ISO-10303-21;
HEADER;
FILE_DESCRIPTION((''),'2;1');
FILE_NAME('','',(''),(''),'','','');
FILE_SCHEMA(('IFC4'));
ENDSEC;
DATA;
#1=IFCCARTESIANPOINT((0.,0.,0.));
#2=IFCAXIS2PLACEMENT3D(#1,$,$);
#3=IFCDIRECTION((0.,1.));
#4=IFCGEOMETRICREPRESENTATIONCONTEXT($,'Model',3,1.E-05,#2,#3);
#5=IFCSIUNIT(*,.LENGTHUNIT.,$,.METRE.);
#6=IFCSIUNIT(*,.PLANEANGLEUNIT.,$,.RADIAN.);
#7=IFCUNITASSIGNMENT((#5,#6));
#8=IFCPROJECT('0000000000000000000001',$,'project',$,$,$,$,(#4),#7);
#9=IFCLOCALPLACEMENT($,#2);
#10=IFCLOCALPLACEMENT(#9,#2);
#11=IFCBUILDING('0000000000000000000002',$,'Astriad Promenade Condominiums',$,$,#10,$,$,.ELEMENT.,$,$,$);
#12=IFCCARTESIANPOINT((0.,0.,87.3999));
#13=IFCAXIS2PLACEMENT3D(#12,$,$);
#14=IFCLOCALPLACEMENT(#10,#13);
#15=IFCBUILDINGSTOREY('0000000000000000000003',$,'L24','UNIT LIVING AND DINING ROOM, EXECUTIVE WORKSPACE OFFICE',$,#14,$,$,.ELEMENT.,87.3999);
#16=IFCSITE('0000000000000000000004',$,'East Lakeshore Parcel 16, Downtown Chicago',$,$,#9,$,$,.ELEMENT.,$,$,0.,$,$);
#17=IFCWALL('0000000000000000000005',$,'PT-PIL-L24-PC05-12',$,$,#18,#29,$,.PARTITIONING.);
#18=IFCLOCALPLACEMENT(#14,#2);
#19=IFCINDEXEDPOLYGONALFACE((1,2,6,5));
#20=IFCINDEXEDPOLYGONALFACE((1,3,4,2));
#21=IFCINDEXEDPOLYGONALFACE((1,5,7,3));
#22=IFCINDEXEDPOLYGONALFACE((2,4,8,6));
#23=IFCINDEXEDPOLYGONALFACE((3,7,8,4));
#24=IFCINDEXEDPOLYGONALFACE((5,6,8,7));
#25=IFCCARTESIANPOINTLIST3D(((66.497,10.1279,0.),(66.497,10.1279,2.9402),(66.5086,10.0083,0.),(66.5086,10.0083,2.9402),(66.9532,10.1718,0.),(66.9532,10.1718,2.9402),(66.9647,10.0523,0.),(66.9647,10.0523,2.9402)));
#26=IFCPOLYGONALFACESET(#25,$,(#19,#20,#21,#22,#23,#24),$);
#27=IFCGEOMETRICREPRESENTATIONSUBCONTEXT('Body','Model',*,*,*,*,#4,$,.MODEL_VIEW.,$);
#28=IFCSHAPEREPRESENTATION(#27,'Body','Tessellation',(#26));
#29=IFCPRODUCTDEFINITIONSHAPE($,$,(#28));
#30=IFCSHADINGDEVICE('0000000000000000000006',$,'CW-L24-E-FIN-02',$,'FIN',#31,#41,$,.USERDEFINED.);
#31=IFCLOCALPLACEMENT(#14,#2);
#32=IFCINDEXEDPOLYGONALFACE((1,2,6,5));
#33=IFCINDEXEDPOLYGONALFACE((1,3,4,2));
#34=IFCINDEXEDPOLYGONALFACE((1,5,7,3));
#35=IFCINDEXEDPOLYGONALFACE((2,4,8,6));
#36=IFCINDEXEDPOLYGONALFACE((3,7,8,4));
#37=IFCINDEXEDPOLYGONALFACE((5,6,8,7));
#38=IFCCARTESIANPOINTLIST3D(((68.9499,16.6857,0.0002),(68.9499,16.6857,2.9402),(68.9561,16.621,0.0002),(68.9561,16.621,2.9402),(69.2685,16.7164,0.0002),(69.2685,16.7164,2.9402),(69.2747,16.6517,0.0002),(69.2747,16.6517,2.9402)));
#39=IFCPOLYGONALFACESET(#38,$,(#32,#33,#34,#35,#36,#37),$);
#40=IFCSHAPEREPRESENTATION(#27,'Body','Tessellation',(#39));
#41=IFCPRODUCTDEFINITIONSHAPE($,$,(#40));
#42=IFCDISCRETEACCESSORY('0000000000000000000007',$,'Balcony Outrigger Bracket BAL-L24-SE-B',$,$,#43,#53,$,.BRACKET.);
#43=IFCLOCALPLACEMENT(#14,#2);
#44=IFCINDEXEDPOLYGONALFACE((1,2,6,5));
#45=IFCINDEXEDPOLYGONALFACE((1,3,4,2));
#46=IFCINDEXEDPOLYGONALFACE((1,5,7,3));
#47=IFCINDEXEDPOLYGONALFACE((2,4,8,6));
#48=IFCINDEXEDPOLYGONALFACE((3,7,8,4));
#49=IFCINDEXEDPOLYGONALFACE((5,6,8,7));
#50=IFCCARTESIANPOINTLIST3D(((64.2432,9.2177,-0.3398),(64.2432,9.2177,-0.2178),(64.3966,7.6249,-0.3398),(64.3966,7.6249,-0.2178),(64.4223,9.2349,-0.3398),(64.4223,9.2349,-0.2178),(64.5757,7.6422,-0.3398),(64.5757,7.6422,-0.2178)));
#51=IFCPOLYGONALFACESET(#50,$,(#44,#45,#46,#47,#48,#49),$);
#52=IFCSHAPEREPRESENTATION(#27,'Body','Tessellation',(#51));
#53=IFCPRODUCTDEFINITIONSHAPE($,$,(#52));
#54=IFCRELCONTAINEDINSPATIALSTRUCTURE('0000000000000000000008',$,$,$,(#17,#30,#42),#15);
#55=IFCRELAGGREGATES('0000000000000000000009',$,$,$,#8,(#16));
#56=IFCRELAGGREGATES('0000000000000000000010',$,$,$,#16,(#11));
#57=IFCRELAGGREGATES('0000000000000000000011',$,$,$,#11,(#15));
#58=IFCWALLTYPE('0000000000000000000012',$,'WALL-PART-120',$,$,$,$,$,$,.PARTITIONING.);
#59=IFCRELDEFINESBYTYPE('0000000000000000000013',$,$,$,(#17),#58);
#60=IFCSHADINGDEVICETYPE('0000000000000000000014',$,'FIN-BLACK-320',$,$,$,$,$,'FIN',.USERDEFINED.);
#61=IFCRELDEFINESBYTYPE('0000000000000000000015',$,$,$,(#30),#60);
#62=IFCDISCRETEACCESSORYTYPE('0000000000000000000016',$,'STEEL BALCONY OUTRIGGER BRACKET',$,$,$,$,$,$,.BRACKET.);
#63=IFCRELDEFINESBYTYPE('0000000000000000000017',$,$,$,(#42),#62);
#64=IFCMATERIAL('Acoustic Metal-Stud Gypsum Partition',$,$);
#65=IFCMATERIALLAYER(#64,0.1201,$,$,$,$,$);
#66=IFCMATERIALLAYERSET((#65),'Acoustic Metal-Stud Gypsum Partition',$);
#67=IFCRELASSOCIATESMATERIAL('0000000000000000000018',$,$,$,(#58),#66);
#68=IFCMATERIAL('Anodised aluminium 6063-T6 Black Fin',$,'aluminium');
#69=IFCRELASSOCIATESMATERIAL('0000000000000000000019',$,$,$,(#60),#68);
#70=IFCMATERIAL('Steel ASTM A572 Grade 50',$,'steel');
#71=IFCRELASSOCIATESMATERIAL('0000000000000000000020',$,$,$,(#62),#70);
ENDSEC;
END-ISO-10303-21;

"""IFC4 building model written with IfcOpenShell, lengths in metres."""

from ifc_helpers import new_model, si_unit, direction, frame, frame_2d, origin, origin_2d, place, context, subcontext, project, spatial, rectangle, extrude, source, transform, mapped, material, layer, layer_set, type_object, type_shapes, element, save


model = new_model("IFC4")

# Units and contexts
model_context = context("Model", 3, precision=1e-05, world=origin(), true_north=direction((0.0, 1.0)))
body_context = subcontext(model_context, "Body", "Model", "MODEL_VIEW")
ifc_project = project(units=[si_unit("LENGTHUNIT", "METRE"), si_unit("PLANEANGLEUNIT", "RADIAN")], contexts=[model_context])

# Site, building, storey
site_placement = place(None, origin())
site = spatial("IfcSite", under=ifc_project, at=site_placement, Name="East Lakeshore Parcel 16, Downtown Chicago", CompositionType="ELEMENT", RefElevation=0.0)
building_placement = place(site_placement, origin())
building = spatial("IfcBuilding", under=site, at=building_placement, Name="Astriad Promenade Condominiums", CompositionType="ELEMENT")
storey_placement = place(building_placement, frame((0.0, 0.0, 87.3999)))
storey = spatial("IfcBuildingStorey", under=building, at=storey_placement, Name="L24", Description="UNIT LIVING AND DINING ROOM, EXECUTIVE WORKSPACE OFFICE", CompositionType="ELEMENT", Elevation=87.3999)

# Wall
ifc_material_1 = material(Name="Acoustic Metal-Stud Gypsum Partition")
ifc_layer_1 = layer(ifc_material_1, 0.1201)
ifc_layer_set_1 = layer_set([ifc_layer_1], Name="Acoustic Metal-Stud Gypsum Partition")
wall_type_1 = type_object("IfcWallType", Name="WALL-PART-120", PredefinedType="PARTITIONING", material=ifc_layer_set_1)
wall_1_placement = place(storey_placement, frame((66.5029, 10.0681, 0.0), z_axis=(0.0, 0.0, 1.0), x_axis=(0.995389, 0.095915, 0.0)))
element("IfcWall", 1, at=wall_1_placement, inside=storey, type_object=wall_type_1, Name="PT-PIL-L24-PC05-12", PredefinedType="PARTITIONING", context=body_context, shape_type="SweptSolid", body=[
    extrude(rectangle(XDim=0.4583, YDim=0.1201, at=frame_2d((0.229, 0.0))), origin(), (0.0, 0.0, 1.0), 2.9402),
])

# Shading device
ifc_material_2 = material(Name="Anodised aluminium 6063-T6 Black Fin", Category="aluminium")
shading_device_type = type_object("IfcShadingDeviceType", Name="FIN-BLACK-320", ElementType="FIN", PredefinedType="USERDEFINED", material=ifc_material_2)
shared_shape_1 = source(origin(), body_context, "Body", "SweptSolid", [
    extrude(rectangle(XDim=0.0649, YDim=0.3201, at=origin_2d()), origin(), (0.0, 0.0, 1.0), 2.9399),
])
type_shapes(shading_device_type, [shared_shape_1])
shading_device_placement = place(storey_placement, frame((69.1123, 16.6687, 0.0002), z_axis=(0.0, 0.0, 1.0), x_axis=(0.095846, -0.995396, 0.0)))
element("IfcShadingDevice", 2, at=shading_device_placement, inside=storey, type_object=shading_device_type, Name="CW-L24-E-FIN-02", ObjectType="FIN", PredefinedType="USERDEFINED", context=body_context, shape_type="MappedRepresentation", body=[
    mapped(shared_shape_1, transform((0.0, 0.0, 0.0), scale=1.0)),
])

# Discrete accessory
ifc_material_3 = material(Name="Steel ASTM A572 Grade 50", Category="steel")
discrete_accessory_type = type_object("IfcDiscreteAccessoryType", Name="STEEL BALCONY OUTRIGGER BRACKET", PredefinedType="BRACKET", material=ifc_material_3)
shared_shape_2 = source(origin(), body_context, "Body", "SweptSolid", [
    extrude(rectangle(XDim=1.6001, YDim=0.1799, at=origin_2d()), origin(), (0.0, 0.0, 1.0), 0.1221),
])
type_shapes(discrete_accessory_type, [shared_shape_2])
discrete_accessory_placement = place(storey_placement, frame((64.4094, 8.4299, -0.3398), z_axis=(0.0, 0.0, 1.0), x_axis=(0.095846, -0.995396, 0.0)))
element("IfcDiscreteAccessory", 3, at=discrete_accessory_placement, inside=storey, type_object=discrete_accessory_type, Name="Balcony Outrigger Bracket BAL-L24-SE-B", PredefinedType="BRACKET", context=body_context, shape_type="MappedRepresentation", body=[
    mapped(shared_shape_2, transform((0.0, 0.0, 0.0), scale=1.0)),
])

save(model, "model.ifc")
